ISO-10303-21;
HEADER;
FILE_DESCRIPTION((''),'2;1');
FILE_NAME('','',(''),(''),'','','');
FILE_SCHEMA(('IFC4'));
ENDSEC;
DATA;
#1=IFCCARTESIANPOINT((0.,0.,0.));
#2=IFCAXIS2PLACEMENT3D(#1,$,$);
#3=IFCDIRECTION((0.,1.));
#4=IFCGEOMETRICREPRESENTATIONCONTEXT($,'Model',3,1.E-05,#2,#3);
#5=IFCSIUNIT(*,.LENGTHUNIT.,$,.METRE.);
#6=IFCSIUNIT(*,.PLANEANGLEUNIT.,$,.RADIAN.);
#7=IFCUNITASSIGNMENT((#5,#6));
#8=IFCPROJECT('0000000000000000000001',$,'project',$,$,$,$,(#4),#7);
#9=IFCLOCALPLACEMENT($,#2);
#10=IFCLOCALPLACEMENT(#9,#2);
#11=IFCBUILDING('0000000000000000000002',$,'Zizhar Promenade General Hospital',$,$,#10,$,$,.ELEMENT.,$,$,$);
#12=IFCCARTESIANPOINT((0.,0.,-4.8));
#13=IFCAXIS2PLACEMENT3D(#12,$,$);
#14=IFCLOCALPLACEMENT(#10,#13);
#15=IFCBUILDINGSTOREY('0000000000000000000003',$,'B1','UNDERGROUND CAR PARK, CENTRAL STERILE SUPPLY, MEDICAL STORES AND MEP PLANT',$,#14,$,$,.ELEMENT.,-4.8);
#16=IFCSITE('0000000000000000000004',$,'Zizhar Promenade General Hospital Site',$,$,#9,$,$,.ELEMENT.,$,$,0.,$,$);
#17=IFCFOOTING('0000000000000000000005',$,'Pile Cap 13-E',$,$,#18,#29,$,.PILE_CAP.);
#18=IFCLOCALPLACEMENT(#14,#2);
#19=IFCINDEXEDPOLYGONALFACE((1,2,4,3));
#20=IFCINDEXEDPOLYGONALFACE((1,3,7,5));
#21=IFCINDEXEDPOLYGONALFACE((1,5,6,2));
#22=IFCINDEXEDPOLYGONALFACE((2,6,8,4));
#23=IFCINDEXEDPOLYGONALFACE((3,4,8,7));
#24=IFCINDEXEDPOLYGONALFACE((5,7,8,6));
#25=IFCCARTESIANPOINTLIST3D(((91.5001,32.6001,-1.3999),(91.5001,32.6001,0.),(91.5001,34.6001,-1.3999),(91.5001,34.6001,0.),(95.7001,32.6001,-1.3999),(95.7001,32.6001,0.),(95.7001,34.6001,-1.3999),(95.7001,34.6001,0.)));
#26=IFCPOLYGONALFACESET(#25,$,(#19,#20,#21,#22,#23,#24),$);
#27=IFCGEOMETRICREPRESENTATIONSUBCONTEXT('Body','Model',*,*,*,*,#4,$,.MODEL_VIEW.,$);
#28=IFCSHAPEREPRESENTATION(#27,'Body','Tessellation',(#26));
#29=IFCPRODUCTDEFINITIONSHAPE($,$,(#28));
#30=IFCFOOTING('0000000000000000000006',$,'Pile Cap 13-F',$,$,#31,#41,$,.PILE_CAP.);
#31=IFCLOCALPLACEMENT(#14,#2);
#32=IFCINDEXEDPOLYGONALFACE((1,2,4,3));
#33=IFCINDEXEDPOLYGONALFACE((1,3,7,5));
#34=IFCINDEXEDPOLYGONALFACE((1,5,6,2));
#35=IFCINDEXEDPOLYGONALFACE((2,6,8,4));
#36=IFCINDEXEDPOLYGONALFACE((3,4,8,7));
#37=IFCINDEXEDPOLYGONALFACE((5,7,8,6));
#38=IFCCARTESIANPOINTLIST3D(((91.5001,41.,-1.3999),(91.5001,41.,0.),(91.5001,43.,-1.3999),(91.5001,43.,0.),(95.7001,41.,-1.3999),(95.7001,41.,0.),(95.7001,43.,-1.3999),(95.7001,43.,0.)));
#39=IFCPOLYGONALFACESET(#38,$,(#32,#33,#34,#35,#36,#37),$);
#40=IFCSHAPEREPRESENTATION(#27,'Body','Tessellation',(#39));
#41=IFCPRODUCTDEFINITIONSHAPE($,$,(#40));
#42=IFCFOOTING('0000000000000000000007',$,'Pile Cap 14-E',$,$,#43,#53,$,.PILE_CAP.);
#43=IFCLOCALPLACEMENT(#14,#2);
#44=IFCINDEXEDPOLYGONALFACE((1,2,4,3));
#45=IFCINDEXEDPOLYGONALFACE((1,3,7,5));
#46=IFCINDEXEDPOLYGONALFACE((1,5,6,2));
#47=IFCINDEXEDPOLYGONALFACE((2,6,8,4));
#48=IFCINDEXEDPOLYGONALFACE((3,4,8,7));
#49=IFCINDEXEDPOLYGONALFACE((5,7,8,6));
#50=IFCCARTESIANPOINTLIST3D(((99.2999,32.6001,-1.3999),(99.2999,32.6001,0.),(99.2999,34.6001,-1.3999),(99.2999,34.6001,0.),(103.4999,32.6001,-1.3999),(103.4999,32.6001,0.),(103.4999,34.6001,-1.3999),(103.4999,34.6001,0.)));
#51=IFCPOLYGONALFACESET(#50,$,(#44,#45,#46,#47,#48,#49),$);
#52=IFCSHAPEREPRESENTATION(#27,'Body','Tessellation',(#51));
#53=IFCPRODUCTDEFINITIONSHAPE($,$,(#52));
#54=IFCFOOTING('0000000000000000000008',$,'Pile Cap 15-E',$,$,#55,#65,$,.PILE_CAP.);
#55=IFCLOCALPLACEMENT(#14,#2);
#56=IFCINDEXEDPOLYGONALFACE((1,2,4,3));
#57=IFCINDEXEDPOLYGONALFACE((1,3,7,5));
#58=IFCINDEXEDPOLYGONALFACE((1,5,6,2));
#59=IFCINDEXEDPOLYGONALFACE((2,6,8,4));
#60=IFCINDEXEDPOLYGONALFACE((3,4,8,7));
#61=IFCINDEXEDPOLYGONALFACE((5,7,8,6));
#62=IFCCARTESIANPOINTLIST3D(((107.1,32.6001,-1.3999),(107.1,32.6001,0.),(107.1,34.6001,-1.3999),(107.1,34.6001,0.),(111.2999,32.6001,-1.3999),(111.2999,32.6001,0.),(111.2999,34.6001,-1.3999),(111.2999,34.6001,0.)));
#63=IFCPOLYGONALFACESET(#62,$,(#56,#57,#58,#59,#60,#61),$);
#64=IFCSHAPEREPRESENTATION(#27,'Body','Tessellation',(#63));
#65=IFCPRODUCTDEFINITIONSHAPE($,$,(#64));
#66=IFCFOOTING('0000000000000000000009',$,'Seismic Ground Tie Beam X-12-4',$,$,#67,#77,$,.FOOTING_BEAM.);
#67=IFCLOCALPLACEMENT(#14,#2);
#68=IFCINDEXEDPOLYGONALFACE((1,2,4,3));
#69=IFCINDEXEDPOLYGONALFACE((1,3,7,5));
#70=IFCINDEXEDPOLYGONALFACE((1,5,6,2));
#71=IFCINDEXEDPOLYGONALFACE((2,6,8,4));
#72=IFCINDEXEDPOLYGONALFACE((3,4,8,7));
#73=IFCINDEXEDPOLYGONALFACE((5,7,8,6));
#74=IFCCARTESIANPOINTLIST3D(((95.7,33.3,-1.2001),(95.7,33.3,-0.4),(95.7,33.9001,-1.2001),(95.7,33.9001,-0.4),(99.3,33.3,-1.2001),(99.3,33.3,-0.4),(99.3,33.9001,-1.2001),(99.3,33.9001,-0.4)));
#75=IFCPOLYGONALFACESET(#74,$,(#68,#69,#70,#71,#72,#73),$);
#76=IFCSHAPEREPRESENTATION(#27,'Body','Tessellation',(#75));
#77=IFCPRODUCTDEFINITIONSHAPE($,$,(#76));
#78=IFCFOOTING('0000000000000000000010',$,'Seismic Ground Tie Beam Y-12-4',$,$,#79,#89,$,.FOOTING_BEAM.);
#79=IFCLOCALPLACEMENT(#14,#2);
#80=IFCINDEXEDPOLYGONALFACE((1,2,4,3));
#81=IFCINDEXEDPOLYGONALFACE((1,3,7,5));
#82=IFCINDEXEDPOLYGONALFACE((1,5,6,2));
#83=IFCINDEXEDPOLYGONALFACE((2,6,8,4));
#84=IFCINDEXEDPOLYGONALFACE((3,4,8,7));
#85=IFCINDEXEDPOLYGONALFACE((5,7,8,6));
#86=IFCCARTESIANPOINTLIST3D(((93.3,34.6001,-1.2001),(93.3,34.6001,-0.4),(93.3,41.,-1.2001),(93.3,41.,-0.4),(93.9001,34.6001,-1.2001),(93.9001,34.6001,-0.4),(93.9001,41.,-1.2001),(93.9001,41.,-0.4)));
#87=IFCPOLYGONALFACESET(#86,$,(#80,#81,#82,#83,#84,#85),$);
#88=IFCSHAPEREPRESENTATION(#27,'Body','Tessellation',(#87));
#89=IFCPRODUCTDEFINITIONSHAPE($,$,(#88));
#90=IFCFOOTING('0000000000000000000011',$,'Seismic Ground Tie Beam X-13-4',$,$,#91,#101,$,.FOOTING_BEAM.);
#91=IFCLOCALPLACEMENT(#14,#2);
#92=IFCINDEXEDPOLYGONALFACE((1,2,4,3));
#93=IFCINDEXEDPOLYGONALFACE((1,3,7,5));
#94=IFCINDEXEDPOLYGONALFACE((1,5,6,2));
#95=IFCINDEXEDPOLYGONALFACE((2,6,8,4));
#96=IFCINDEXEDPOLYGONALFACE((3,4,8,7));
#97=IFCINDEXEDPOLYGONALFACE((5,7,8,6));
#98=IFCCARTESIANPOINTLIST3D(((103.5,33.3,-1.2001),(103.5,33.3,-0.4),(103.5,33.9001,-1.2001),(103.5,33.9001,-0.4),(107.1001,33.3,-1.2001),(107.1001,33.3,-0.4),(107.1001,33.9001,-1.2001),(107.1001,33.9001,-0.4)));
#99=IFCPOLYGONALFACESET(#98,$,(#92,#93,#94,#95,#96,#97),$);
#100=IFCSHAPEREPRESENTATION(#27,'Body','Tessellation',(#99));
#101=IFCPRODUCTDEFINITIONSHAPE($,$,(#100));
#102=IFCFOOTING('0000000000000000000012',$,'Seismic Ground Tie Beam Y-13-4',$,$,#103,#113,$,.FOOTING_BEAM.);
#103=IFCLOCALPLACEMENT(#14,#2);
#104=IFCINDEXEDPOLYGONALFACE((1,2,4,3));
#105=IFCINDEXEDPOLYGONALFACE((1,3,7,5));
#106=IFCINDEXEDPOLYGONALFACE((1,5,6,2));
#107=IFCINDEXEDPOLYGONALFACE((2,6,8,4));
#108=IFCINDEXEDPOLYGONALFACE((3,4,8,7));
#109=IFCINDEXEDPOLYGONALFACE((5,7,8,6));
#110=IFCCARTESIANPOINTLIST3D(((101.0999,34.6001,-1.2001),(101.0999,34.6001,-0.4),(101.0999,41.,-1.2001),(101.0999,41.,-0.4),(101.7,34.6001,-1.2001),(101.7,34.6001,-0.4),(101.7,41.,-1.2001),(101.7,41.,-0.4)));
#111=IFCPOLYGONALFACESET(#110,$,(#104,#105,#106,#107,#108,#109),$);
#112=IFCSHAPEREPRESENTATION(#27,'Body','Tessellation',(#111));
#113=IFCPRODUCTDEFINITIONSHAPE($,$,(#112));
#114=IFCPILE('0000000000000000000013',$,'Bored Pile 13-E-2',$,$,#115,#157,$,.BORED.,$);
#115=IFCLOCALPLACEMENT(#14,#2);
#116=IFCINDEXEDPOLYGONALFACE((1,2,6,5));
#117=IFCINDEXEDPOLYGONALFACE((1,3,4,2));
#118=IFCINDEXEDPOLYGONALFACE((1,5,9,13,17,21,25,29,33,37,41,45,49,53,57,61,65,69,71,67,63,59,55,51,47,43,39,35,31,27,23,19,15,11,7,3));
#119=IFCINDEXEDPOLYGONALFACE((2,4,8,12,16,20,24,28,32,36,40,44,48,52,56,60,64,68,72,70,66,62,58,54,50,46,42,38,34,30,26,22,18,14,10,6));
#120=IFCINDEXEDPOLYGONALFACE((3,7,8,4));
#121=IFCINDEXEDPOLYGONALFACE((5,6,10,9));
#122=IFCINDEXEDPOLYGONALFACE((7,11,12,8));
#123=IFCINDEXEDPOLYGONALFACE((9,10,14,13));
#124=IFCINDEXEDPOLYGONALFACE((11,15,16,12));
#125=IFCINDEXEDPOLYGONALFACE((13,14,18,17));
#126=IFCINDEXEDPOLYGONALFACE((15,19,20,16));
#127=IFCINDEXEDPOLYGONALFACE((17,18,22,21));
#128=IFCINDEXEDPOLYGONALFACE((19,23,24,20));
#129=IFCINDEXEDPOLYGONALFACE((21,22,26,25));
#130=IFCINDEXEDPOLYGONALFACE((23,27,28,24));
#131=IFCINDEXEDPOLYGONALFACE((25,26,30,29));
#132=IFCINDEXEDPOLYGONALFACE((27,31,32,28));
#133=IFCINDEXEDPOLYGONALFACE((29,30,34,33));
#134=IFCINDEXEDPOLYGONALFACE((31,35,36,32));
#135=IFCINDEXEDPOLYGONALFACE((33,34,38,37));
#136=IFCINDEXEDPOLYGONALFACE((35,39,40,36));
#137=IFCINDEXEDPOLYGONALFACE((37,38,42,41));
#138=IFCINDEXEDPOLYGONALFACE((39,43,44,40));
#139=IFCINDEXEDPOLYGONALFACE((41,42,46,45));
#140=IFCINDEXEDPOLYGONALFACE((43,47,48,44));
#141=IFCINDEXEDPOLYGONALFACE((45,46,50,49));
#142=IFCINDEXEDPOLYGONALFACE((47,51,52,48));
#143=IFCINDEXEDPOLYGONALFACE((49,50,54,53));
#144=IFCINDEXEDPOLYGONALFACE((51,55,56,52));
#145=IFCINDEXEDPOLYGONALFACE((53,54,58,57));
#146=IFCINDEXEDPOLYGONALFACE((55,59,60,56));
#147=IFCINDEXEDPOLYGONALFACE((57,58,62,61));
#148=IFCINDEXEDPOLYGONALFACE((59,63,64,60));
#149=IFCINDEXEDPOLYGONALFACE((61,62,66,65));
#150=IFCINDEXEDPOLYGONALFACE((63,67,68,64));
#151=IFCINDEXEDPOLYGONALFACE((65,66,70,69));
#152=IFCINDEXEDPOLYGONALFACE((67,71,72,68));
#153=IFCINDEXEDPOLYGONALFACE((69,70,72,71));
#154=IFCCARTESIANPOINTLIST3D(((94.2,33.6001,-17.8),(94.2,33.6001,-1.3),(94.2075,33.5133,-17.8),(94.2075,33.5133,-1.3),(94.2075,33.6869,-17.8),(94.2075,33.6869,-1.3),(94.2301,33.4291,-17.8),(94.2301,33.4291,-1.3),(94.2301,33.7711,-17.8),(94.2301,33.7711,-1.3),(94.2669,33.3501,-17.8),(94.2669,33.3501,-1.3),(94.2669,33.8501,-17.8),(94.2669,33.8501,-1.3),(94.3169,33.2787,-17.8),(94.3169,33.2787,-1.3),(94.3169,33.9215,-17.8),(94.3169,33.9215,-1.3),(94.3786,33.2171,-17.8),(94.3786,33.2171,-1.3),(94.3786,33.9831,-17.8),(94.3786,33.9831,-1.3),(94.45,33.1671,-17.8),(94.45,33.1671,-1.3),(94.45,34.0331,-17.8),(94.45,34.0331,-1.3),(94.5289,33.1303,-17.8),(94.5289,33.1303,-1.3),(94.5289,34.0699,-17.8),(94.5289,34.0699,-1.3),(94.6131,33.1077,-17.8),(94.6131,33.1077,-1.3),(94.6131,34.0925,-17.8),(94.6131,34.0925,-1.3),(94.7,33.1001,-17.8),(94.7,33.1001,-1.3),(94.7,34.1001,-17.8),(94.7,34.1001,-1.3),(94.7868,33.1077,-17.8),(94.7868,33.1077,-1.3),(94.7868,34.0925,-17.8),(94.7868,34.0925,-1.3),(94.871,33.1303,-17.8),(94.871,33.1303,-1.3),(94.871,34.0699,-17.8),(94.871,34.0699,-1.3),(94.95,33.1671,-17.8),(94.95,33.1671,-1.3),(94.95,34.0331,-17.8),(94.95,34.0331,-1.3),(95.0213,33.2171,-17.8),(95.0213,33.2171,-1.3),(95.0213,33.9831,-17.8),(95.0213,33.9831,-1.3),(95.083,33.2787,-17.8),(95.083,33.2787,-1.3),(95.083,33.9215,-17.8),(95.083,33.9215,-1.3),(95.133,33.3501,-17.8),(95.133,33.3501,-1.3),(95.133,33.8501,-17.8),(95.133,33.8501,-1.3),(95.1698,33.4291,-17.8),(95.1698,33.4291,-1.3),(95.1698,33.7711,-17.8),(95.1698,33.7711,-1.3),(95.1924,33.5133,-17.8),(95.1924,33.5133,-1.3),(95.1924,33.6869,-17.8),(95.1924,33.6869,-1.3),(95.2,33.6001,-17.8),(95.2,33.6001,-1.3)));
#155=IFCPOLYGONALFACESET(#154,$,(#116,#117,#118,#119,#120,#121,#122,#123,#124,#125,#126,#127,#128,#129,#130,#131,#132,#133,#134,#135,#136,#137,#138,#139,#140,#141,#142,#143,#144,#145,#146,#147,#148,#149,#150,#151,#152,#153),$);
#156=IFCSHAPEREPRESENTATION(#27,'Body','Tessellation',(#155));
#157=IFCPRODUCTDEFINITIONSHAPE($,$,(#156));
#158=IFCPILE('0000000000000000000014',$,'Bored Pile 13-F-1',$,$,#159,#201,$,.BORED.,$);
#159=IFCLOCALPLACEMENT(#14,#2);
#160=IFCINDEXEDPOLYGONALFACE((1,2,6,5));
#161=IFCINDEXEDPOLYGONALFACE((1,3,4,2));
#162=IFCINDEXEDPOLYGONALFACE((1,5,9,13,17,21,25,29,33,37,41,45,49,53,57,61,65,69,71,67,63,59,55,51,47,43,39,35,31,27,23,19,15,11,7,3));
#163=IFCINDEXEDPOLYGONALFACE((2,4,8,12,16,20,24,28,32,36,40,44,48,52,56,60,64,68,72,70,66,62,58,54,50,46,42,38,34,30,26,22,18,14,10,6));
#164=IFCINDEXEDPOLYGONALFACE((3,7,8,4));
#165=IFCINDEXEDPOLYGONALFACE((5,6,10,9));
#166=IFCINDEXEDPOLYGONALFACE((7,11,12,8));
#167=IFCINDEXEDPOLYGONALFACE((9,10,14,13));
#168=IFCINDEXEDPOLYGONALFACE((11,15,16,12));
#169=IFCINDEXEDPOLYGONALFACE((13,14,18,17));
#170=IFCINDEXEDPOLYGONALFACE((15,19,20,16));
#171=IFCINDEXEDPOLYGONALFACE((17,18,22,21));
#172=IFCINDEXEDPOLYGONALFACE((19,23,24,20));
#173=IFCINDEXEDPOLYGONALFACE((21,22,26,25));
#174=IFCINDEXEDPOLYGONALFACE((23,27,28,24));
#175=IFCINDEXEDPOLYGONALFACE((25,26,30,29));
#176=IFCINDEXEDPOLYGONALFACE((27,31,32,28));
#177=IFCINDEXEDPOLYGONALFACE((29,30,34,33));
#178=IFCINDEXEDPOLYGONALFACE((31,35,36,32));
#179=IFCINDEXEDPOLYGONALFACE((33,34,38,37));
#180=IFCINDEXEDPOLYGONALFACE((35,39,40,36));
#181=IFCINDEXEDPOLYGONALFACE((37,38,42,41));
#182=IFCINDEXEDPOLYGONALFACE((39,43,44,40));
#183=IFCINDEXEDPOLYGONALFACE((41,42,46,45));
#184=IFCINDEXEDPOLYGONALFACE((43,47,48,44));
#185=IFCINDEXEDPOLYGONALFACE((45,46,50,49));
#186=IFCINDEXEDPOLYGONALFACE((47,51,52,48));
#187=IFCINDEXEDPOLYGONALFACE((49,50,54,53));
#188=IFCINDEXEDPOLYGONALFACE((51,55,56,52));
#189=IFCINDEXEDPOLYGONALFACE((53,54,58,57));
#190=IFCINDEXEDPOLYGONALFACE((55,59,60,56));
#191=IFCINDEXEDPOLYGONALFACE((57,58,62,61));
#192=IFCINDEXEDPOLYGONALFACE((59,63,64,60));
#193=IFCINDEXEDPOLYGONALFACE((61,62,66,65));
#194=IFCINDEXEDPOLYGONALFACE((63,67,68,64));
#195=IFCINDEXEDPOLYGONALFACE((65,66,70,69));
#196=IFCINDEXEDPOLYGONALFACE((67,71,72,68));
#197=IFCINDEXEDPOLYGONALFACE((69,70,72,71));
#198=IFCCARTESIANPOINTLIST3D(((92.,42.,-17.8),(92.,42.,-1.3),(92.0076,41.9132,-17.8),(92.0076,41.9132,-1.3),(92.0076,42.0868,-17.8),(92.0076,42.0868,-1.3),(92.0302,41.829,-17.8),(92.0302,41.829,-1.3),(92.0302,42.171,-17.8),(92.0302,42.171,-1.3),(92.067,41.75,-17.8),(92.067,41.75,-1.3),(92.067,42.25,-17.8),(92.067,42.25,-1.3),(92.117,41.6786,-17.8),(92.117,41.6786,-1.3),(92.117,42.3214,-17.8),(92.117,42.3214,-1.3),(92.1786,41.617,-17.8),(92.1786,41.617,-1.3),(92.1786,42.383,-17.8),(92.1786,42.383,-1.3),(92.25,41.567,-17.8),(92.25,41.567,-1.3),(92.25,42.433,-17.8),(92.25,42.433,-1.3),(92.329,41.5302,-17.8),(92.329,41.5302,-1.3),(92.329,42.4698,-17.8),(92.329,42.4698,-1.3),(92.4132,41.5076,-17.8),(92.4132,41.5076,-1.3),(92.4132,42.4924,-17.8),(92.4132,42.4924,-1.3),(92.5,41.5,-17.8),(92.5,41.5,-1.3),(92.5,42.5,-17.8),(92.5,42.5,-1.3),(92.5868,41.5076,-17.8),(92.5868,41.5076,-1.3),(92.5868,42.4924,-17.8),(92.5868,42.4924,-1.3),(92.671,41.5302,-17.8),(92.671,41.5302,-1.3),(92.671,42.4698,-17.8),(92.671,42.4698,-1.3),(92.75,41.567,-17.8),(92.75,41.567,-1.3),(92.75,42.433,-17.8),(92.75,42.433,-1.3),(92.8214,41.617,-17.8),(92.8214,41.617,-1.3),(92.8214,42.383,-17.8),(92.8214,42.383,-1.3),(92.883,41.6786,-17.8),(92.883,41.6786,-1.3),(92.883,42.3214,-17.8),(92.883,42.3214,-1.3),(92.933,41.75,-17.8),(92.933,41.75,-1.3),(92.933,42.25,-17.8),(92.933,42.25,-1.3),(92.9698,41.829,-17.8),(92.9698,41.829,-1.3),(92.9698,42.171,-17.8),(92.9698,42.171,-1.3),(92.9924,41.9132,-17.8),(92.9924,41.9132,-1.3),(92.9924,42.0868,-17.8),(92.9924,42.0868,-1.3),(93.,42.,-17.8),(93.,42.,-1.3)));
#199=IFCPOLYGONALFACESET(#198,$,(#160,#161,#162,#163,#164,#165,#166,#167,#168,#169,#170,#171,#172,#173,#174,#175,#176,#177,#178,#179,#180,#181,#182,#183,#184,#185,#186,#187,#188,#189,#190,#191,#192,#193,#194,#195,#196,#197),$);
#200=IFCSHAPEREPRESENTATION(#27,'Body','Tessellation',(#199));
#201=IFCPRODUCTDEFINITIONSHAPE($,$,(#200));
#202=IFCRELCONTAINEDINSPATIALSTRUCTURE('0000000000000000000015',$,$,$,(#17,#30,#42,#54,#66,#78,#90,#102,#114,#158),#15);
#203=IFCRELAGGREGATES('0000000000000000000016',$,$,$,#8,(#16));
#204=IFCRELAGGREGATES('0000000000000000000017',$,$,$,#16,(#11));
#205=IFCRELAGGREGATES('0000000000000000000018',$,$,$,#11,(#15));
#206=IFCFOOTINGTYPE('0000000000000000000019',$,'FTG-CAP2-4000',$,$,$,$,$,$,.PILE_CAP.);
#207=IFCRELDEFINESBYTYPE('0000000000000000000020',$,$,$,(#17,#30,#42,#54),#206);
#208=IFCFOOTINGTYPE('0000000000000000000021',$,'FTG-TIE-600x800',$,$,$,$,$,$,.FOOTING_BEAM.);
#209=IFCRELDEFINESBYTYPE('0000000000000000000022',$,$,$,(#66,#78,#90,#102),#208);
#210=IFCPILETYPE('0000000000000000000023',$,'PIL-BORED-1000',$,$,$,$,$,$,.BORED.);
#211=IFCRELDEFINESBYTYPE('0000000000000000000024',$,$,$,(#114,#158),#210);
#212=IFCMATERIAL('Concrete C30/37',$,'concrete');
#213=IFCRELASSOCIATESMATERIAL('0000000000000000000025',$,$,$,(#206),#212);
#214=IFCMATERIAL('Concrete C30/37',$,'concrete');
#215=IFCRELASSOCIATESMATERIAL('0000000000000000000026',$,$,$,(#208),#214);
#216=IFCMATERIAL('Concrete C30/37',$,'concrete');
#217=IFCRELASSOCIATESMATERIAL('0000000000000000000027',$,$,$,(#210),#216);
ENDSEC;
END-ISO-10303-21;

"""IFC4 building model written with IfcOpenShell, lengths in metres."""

from ifc_helpers import new_model, si_unit, direction, frame, origin, origin_2d, place, context, subcontext, project, spatial, rectangle, circle, extrude, material, material_profile, profile_set, type_object, element, save


model = new_model("IFC4")

# Units and contexts
model_context = context("Model", 3, precision=1e-05, world=origin(), true_north=direction((0.0, 1.0)))
body_context = subcontext(model_context, "Body", "Model", "MODEL_VIEW")
ifc_project = project(units=[si_unit("LENGTHUNIT", "METRE"), si_unit("PLANEANGLEUNIT", "RADIAN")], contexts=[model_context])

# Site, building, storey
site_placement = place(None, origin())
site = spatial("IfcSite", under=ifc_project, at=site_placement, Name="Zizhar Promenade General Hospital Site", CompositionType="ELEMENT", RefElevation=0.0)
building_placement = place(site_placement, origin())
building = spatial("IfcBuilding", under=site, at=building_placement, Name="Zizhar Promenade General Hospital", CompositionType="ELEMENT")
storey_placement = place(building_placement, frame((0.0, 0.0, -4.8)))
storey = spatial("IfcBuildingStorey", under=building, at=storey_placement, Name="B1", Description="UNDERGROUND CAR PARK, CENTRAL STERILE SUPPLY, MEDICAL STORES AND MEP PLANT", CompositionType="ELEMENT", Elevation=-4.8)

# Footings
ifc_material_1 = material(Name="Concrete C30/37", Category="concrete")
footing_type_1 = type_object("IfcFootingType", Name="FTG-CAP2-4000", PredefinedType="PILE_CAP", material=ifc_material_1)
for number, where, z_axis, x_axis, name in (
    (1, (93.6001, 33.6001, -1.3999), (0.0, 0.0, 1.0), (1.0, 0.0, 0.0), "Pile Cap 13-E"),
    (2, (93.6001, 42.0, -1.3999), (0.0, 0.0, 1.0), (1.0, 0.0, 0.0), "Pile Cap 13-F"),
    (3, (101.3999, 33.6001, -1.3999), (0.0, 0.0, 1.0), (1.0, 0.0, 0.0), "Pile Cap 14-E"),
    (4, (109.2, 33.6001, -1.3999), (0.0, 0.0, 1.0), (1.0, 0.0, 0.0), "Pile Cap 15-E"),
):
    element("IfcFooting", number, at=place(storey_placement, frame(where, z_axis=z_axis, x_axis=x_axis)), inside=storey, type_object=footing_type_1, Name=name, PredefinedType="PILE_CAP", context=body_context, shape_type="SweptSolid", body=[
        extrude(rectangle(XDim=4.2, YDim=2.0, at=origin_2d()), origin(), (0.0, 0.0, 1.0), 1.3999),
    ])
ifc_material_2 = material(Name="Concrete C30/37", Category="concrete")
ifc_material_profile_1 = material_profile(ifc_material_2, rectangle(XDim=0.6001, YDim=0.8, at=origin_2d()))
ifc_profile_set_1 = profile_set([ifc_material_profile_1], Name="Concrete C30/37")
footing_type_2 = type_object("IfcFootingType", Name="FTG-TIE-600x800", PredefinedType="FOOTING_BEAM", material=ifc_profile_set_1)
footing_1_placement = place(storey_placement, frame((95.7, 33.6001, -0.8), z_axis=(1.0, 0.0, 0.0), x_axis=(0.0, 1.0, 0.0)))
element("IfcFooting", 5, at=footing_1_placement, inside=storey, type_object=footing_type_2, Name="Seismic Ground Tie Beam X-12-4", PredefinedType="FOOTING_BEAM", context=body_context, shape_type="SweptSolid", body=[
    extrude(rectangle(XDim=0.6001, YDim=0.8, at=origin_2d()), origin(), (0.0, 0.0, 1.0), 3.6001),
])
footing_2_placement = place(storey_placement, frame((93.6001, 34.6001, -0.8), z_axis=(0.0, 1.0, 0.0), x_axis=(-1.0, 0.0, 0.0)))
element("IfcFooting", 6, at=footing_2_placement, inside=storey, type_object=footing_type_2, Name="Seismic Ground Tie Beam Y-12-4", PredefinedType="FOOTING_BEAM", context=body_context, shape_type="SweptSolid", body=[
    extrude(rectangle(XDim=0.6001, YDim=0.8, at=origin_2d()), origin(), (0.0, 0.0, 1.0), 6.3999),
])
footing_3_placement = place(storey_placement, frame((103.5, 33.6001, -0.8), z_axis=(1.0, 0.0, 0.0), x_axis=(0.0, 1.0, 0.0)))
element("IfcFooting", 7, at=footing_3_placement, inside=storey, type_object=footing_type_2, Name="Seismic Ground Tie Beam X-13-4", PredefinedType="FOOTING_BEAM", context=body_context, shape_type="SweptSolid", body=[
    extrude(rectangle(XDim=0.6001, YDim=0.8, at=origin_2d()), origin(), (0.0, 0.0, 1.0), 3.6001),
])
footing_4_placement = place(storey_placement, frame((101.3999, 34.6001, -0.8), z_axis=(0.0, 1.0, 0.0), x_axis=(-1.0, 0.0, 0.0)))
element("IfcFooting", 8, at=footing_4_placement, inside=storey, type_object=footing_type_2, Name="Seismic Ground Tie Beam Y-13-4", PredefinedType="FOOTING_BEAM", context=body_context, shape_type="SweptSolid", body=[
    extrude(rectangle(XDim=0.6001, YDim=0.8, at=origin_2d()), origin(), (0.0, 0.0, 1.0), 6.3999),
])

# Piles
ifc_material_3 = material(Name="Concrete C30/37", Category="concrete")
ifc_material_profile_2 = material_profile(ifc_material_3, circle(Radius=0.5, at=origin_2d()))
ifc_profile_set_2 = profile_set([ifc_material_profile_2], Name="Concrete C30/37")
pile_type = type_object("IfcPileType", Name="PIL-BORED-1000", PredefinedType="BORED", material=ifc_profile_set_2)
for number, where, z_axis, x_axis, name in (
    (9, (94.7, 33.6001, -1.3), (0.0, 0.0, -1.0), (1.0, 0.0, 0.0), "Bored Pile 13-E-2"),
    (10, (92.5, 42.0, -1.3), (0.0, 0.0, -1.0), (1.0, 0.0, 0.0), "Bored Pile 13-F-1"),
):
    element("IfcPile", number, at=place(storey_placement, frame(where, z_axis=z_axis, x_axis=x_axis)), inside=storey, type_object=pile_type, Name=name, PredefinedType="BORED", context=body_context, shape_type="SweptSolid", body=[
        extrude(circle(Radius=0.5, at=origin_2d()), origin(), (0.0, 0.0, 1.0), 16.5),
    ])

save(model, "model.ifc")
